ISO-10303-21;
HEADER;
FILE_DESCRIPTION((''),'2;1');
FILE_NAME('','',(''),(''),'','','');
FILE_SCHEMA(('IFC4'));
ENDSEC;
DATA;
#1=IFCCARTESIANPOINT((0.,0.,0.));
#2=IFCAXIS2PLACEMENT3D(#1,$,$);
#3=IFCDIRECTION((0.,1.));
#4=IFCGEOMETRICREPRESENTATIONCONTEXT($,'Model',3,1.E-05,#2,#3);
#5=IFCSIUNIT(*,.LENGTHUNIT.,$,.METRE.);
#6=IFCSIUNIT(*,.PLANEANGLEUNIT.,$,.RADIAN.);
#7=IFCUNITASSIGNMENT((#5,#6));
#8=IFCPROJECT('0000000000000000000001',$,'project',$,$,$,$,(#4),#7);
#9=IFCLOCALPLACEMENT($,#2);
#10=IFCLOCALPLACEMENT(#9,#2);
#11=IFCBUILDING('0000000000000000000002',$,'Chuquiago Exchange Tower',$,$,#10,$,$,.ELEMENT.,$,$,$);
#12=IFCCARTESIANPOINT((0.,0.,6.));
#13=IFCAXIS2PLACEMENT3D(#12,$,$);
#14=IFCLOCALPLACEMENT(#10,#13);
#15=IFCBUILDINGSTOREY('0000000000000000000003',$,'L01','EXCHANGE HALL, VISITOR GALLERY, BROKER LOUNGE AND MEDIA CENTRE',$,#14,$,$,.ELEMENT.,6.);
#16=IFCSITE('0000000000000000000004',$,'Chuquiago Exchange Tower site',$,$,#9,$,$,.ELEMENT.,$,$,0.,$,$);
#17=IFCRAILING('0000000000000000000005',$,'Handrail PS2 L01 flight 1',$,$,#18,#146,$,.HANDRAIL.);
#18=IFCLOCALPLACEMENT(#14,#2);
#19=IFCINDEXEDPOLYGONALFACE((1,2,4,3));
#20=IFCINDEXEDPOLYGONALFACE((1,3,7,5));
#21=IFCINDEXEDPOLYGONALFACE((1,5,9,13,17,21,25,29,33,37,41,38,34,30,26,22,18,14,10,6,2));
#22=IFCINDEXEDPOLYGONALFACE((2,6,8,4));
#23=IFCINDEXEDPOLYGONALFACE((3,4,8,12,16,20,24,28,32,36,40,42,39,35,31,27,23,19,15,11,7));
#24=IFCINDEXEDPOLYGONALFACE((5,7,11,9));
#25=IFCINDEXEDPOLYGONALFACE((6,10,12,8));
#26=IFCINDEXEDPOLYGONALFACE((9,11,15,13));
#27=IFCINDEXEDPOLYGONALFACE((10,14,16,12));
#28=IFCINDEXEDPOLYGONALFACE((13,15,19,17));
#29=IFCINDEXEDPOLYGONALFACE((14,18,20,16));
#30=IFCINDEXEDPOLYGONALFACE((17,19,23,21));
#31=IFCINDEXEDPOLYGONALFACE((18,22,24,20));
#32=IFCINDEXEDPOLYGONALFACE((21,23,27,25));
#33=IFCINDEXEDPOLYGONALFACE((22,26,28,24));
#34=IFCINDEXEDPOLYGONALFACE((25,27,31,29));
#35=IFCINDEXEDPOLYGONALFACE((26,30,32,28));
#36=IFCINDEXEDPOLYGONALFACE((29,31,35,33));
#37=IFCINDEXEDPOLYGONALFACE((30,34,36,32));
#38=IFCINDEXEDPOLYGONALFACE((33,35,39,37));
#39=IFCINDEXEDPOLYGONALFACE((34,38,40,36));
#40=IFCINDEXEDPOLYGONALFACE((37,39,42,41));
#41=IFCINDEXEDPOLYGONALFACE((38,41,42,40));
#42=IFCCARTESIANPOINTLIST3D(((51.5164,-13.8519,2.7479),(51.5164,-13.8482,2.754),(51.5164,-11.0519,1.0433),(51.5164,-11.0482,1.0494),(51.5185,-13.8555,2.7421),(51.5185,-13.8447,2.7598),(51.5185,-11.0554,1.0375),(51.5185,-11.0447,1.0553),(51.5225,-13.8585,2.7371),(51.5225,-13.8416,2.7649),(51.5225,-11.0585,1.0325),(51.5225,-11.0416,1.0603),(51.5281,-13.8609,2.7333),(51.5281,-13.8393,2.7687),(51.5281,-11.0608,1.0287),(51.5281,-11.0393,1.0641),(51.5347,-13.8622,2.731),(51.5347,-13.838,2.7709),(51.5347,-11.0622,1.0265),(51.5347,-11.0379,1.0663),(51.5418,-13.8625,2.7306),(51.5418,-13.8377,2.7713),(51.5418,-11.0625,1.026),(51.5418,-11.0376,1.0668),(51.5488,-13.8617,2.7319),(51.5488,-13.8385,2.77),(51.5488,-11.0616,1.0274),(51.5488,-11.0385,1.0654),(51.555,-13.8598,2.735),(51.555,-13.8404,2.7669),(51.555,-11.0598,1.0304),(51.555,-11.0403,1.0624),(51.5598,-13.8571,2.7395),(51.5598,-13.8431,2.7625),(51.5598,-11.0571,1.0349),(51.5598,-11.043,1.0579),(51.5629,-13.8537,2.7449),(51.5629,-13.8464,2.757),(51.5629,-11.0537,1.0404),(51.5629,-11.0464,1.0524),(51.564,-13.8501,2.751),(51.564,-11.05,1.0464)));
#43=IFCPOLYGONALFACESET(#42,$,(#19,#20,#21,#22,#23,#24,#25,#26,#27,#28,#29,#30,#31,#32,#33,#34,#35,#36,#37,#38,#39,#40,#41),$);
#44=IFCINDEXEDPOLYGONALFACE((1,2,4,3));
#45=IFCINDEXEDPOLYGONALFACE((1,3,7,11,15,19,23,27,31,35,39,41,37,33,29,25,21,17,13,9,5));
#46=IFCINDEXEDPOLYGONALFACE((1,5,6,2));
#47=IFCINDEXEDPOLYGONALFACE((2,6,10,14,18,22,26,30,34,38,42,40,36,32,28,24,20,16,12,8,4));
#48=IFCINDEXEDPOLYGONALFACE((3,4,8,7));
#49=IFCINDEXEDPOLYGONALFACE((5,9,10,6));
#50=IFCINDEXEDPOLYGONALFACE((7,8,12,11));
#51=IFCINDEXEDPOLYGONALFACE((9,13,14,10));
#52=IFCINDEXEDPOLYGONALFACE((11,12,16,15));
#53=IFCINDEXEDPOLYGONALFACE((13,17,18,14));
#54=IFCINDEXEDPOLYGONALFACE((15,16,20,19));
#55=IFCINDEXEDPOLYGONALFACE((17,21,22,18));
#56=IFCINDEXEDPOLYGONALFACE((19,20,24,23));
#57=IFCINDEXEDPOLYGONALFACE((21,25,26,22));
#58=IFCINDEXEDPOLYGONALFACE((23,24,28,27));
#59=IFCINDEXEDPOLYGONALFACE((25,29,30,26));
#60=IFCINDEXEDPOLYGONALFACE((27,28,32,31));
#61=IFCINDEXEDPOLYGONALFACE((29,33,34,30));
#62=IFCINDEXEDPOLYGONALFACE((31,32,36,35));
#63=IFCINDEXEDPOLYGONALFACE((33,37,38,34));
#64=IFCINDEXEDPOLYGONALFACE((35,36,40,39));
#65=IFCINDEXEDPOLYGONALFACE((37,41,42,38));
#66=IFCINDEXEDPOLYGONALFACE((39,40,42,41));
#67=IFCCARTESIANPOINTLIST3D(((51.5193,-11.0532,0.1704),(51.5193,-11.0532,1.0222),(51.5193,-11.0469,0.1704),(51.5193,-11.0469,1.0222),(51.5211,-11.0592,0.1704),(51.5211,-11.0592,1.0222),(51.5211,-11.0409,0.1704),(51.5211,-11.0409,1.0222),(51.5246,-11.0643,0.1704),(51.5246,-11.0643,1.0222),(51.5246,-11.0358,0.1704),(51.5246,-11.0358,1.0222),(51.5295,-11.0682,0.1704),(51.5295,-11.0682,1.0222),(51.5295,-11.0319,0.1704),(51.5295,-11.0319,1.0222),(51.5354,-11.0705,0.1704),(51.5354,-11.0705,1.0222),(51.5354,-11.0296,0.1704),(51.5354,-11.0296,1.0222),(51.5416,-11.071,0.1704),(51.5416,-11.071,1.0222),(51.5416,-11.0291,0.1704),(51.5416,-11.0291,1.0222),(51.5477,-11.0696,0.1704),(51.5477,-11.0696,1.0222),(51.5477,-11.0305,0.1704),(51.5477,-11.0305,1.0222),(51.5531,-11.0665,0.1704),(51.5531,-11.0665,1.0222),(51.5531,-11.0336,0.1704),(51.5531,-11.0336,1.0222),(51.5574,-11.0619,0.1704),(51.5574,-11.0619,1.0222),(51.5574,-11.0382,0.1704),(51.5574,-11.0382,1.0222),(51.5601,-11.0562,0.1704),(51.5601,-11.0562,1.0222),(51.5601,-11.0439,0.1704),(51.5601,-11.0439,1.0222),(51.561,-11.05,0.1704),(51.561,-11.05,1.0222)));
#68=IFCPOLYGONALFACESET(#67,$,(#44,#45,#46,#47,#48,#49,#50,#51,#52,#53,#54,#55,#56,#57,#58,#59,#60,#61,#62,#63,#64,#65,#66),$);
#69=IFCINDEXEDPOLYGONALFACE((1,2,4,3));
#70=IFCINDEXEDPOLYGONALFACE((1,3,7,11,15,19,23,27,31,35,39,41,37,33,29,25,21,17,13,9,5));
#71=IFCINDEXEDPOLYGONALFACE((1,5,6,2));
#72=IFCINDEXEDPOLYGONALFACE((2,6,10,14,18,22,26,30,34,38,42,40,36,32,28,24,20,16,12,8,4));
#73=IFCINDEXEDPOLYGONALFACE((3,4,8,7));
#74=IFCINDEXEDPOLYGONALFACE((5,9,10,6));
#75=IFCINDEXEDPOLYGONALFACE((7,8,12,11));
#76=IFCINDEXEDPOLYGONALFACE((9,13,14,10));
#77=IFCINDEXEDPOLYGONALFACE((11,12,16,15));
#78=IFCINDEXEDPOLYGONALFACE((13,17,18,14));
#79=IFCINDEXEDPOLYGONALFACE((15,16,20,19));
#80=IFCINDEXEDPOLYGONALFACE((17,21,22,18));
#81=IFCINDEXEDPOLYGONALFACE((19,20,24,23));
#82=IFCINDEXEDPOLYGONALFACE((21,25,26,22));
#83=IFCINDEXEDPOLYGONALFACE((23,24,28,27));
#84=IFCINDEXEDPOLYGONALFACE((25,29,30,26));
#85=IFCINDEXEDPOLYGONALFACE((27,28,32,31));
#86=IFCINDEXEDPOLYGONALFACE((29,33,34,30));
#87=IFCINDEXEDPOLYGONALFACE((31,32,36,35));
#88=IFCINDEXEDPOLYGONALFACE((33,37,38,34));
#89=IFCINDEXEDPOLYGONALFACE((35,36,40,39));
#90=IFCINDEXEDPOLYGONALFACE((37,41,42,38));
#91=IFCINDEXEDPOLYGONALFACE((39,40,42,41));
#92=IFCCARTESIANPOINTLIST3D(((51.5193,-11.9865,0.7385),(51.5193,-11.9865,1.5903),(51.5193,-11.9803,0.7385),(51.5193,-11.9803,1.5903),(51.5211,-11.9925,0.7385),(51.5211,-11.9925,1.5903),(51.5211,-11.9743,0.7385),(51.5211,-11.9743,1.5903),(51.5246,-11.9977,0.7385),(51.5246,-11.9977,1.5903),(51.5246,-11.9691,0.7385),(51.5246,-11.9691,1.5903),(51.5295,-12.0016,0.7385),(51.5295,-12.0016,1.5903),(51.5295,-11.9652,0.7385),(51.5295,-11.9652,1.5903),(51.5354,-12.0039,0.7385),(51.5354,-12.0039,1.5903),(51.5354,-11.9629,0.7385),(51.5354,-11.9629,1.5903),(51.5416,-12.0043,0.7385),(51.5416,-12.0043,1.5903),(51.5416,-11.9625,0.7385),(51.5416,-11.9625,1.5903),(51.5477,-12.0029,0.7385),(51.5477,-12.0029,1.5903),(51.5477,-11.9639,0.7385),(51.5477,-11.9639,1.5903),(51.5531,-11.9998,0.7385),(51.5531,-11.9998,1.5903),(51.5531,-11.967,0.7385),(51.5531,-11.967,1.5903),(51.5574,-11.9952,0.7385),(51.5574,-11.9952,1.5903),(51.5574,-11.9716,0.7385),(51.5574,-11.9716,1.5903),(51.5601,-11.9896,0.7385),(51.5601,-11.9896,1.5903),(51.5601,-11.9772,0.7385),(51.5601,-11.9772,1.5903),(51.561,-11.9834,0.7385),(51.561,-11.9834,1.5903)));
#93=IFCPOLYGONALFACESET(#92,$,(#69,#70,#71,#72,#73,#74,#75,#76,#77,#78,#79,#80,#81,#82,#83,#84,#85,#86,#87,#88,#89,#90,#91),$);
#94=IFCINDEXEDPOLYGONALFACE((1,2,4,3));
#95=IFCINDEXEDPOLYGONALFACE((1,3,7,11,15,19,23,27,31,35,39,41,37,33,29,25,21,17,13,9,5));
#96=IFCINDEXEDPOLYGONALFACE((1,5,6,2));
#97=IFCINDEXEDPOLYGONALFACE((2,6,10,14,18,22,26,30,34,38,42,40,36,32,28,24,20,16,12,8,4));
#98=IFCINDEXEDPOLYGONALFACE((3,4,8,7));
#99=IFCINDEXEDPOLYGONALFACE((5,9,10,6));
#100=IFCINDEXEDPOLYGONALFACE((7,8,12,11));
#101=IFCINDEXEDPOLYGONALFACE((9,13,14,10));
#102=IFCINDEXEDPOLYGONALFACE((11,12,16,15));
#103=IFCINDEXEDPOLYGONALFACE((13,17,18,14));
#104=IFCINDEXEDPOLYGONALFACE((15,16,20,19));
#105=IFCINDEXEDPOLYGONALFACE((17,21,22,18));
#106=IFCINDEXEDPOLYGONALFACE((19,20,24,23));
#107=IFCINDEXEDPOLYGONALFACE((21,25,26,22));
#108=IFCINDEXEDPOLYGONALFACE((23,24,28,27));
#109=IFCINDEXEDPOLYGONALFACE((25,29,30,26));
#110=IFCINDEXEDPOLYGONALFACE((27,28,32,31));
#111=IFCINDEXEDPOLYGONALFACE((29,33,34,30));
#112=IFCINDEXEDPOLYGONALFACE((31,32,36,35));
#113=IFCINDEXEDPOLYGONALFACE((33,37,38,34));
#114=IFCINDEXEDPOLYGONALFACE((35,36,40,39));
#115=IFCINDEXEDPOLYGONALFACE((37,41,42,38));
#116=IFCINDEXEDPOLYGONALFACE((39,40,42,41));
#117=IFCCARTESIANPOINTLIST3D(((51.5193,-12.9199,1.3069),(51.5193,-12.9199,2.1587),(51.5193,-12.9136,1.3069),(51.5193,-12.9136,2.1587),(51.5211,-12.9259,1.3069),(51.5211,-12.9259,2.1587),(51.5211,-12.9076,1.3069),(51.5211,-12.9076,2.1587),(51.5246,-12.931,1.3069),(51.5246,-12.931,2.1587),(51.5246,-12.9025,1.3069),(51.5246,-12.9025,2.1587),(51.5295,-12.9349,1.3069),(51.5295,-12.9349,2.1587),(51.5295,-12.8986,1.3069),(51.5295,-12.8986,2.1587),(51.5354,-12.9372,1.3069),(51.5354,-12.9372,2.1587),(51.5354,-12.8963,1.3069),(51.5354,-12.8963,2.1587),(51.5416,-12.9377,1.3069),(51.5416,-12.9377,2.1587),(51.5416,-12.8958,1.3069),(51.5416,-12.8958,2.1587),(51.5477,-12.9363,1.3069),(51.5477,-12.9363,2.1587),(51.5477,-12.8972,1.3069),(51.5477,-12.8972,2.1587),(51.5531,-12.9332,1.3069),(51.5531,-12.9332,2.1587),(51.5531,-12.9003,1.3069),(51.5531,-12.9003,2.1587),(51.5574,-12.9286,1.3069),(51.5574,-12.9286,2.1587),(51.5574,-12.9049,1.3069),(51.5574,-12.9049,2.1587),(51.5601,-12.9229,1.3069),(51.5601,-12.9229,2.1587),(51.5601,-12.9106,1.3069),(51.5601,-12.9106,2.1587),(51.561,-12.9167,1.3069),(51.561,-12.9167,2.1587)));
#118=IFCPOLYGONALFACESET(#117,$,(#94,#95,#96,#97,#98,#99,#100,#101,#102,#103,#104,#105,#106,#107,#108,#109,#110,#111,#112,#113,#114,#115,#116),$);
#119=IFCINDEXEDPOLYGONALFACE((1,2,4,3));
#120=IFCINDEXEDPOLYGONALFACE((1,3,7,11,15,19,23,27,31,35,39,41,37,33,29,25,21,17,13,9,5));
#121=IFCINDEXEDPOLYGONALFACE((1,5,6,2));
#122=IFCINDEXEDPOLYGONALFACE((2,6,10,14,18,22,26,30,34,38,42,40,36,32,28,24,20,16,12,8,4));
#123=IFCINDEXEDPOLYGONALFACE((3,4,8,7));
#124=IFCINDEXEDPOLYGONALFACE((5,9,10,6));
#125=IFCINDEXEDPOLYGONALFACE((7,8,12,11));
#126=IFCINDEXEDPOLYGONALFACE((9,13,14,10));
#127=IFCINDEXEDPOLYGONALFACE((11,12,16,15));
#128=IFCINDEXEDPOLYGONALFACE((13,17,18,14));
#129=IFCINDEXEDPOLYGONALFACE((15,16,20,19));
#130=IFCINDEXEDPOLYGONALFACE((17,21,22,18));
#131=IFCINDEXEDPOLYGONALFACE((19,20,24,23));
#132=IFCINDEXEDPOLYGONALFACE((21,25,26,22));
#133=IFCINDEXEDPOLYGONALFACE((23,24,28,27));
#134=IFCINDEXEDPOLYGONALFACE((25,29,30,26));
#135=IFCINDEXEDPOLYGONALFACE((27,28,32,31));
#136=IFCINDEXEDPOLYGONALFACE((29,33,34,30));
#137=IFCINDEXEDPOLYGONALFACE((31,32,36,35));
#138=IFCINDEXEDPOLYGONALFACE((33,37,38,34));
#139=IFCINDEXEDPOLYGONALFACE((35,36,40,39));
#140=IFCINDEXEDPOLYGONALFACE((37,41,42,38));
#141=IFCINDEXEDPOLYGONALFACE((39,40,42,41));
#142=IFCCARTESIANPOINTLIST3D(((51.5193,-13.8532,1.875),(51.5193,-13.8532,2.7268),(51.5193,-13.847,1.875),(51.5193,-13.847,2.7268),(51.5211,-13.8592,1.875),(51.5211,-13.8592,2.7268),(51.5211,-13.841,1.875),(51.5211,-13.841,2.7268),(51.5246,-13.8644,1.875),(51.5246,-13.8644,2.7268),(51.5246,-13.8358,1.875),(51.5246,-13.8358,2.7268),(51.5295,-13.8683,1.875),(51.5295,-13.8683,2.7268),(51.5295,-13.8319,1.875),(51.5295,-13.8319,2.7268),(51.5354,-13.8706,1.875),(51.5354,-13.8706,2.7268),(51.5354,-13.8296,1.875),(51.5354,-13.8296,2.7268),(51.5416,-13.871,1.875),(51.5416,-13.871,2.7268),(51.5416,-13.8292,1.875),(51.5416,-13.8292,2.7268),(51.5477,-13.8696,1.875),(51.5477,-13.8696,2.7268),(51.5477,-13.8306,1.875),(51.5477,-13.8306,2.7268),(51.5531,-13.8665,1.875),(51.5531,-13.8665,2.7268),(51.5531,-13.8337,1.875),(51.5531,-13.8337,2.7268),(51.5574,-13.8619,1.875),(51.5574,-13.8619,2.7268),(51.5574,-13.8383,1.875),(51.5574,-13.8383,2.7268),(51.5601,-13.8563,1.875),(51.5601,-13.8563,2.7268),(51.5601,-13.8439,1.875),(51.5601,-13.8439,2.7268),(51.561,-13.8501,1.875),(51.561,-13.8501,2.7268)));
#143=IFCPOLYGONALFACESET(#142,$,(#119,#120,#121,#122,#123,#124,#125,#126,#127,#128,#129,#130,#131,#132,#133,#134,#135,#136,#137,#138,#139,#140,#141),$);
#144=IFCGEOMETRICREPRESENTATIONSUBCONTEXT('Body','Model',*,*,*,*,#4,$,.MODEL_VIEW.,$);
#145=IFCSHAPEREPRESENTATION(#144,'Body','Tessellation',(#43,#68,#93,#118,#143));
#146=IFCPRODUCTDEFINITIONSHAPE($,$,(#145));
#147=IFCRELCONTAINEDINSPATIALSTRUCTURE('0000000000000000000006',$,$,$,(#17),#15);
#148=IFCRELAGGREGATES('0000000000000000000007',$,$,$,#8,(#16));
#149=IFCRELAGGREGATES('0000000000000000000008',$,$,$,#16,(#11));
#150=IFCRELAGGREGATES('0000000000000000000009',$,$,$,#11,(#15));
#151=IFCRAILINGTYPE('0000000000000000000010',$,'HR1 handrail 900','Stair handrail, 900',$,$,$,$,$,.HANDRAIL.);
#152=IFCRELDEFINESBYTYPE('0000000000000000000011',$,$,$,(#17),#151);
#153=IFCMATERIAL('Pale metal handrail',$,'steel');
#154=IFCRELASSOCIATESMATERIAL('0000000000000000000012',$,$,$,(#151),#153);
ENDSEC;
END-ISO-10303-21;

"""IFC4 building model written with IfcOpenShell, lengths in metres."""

from ifc_helpers import new_model, si_unit, direction, frame, origin, origin_2d, place, context, subcontext, project, spatial, circle, extrude, material, type_object, element, save


model = new_model("IFC4")

# Units and contexts
model_context = context("Model", 3, precision=1e-05, world=origin(), true_north=direction((0.0, 1.0)))
body_context = subcontext(model_context, "Body", "Model", "MODEL_VIEW")
ifc_project = project(units=[si_unit("LENGTHUNIT", "METRE"), si_unit("PLANEANGLEUNIT", "RADIAN")], contexts=[model_context])

# Site, building, storey
site_placement = place(None, origin())
site = spatial("IfcSite", under=ifc_project, at=site_placement, Name="Chuquiago Exchange Tower site", CompositionType="ELEMENT", RefElevation=0.0)
building_placement = place(site_placement, origin())
building = spatial("IfcBuilding", under=site, at=building_placement, Name="Chuquiago Exchange Tower", CompositionType="ELEMENT")
storey_placement = place(building_placement, frame((0.0, 0.0, 6.0)))
storey = spatial("IfcBuildingStorey", under=building, at=storey_placement, Name="L01", Description="EXCHANGE HALL, VISITOR GALLERY, BROKER LOUNGE AND MEDIA CENTRE", CompositionType="ELEMENT", Elevation=6.0)

# Railing
ifc_material_1 = material(Name="Pale metal handrail", Category="steel")
railing_type = type_object("IfcRailingType", Name="HR1 handrail 900", Description="Stair handrail, 900", PredefinedType="HANDRAIL", material=ifc_material_1)
for number, where, name in (
    (1, (51.54, -11.05, 0.1704), "Handrail PS2 L01 flight 1"),
):
    element("IfcRailing", number, at=place(storey_placement, frame(where)), inside=storey, type_object=railing_type, Name=name, PredefinedType="HANDRAIL", context=body_context, shape_type="SweptSolid", body=[
        extrude(circle(Radius=0.0239, at=origin_2d()), frame((0.0, 0.0, 0.876), z_axis=(0.0, -0.85417, 0.519994), x_axis=(1.0, 0.0, 0.0)), (0.0, 0.0, 1.0), 3.2781),
        extrude(circle(Radius=0.021, at=origin_2d()), origin(), (0.0, 0.0, 1.0), 0.8518),
        extrude(circle(Radius=0.021, at=origin_2d()), frame((0.0, -0.9333, 0.5681)), (0.0, 0.0, 1.0), 0.8518),
        extrude(circle(Radius=0.021, at=origin_2d()), frame((0.0, -1.8667, 1.1365)), (0.0, 0.0, 1.0), 0.8518),
        extrude(circle(Radius=0.021, at=origin_2d()), frame((0.0, -2.8, 1.7046)), (0.0, 0.0, 1.0), 0.8518),
    ])

save(model, "model.ifc")
